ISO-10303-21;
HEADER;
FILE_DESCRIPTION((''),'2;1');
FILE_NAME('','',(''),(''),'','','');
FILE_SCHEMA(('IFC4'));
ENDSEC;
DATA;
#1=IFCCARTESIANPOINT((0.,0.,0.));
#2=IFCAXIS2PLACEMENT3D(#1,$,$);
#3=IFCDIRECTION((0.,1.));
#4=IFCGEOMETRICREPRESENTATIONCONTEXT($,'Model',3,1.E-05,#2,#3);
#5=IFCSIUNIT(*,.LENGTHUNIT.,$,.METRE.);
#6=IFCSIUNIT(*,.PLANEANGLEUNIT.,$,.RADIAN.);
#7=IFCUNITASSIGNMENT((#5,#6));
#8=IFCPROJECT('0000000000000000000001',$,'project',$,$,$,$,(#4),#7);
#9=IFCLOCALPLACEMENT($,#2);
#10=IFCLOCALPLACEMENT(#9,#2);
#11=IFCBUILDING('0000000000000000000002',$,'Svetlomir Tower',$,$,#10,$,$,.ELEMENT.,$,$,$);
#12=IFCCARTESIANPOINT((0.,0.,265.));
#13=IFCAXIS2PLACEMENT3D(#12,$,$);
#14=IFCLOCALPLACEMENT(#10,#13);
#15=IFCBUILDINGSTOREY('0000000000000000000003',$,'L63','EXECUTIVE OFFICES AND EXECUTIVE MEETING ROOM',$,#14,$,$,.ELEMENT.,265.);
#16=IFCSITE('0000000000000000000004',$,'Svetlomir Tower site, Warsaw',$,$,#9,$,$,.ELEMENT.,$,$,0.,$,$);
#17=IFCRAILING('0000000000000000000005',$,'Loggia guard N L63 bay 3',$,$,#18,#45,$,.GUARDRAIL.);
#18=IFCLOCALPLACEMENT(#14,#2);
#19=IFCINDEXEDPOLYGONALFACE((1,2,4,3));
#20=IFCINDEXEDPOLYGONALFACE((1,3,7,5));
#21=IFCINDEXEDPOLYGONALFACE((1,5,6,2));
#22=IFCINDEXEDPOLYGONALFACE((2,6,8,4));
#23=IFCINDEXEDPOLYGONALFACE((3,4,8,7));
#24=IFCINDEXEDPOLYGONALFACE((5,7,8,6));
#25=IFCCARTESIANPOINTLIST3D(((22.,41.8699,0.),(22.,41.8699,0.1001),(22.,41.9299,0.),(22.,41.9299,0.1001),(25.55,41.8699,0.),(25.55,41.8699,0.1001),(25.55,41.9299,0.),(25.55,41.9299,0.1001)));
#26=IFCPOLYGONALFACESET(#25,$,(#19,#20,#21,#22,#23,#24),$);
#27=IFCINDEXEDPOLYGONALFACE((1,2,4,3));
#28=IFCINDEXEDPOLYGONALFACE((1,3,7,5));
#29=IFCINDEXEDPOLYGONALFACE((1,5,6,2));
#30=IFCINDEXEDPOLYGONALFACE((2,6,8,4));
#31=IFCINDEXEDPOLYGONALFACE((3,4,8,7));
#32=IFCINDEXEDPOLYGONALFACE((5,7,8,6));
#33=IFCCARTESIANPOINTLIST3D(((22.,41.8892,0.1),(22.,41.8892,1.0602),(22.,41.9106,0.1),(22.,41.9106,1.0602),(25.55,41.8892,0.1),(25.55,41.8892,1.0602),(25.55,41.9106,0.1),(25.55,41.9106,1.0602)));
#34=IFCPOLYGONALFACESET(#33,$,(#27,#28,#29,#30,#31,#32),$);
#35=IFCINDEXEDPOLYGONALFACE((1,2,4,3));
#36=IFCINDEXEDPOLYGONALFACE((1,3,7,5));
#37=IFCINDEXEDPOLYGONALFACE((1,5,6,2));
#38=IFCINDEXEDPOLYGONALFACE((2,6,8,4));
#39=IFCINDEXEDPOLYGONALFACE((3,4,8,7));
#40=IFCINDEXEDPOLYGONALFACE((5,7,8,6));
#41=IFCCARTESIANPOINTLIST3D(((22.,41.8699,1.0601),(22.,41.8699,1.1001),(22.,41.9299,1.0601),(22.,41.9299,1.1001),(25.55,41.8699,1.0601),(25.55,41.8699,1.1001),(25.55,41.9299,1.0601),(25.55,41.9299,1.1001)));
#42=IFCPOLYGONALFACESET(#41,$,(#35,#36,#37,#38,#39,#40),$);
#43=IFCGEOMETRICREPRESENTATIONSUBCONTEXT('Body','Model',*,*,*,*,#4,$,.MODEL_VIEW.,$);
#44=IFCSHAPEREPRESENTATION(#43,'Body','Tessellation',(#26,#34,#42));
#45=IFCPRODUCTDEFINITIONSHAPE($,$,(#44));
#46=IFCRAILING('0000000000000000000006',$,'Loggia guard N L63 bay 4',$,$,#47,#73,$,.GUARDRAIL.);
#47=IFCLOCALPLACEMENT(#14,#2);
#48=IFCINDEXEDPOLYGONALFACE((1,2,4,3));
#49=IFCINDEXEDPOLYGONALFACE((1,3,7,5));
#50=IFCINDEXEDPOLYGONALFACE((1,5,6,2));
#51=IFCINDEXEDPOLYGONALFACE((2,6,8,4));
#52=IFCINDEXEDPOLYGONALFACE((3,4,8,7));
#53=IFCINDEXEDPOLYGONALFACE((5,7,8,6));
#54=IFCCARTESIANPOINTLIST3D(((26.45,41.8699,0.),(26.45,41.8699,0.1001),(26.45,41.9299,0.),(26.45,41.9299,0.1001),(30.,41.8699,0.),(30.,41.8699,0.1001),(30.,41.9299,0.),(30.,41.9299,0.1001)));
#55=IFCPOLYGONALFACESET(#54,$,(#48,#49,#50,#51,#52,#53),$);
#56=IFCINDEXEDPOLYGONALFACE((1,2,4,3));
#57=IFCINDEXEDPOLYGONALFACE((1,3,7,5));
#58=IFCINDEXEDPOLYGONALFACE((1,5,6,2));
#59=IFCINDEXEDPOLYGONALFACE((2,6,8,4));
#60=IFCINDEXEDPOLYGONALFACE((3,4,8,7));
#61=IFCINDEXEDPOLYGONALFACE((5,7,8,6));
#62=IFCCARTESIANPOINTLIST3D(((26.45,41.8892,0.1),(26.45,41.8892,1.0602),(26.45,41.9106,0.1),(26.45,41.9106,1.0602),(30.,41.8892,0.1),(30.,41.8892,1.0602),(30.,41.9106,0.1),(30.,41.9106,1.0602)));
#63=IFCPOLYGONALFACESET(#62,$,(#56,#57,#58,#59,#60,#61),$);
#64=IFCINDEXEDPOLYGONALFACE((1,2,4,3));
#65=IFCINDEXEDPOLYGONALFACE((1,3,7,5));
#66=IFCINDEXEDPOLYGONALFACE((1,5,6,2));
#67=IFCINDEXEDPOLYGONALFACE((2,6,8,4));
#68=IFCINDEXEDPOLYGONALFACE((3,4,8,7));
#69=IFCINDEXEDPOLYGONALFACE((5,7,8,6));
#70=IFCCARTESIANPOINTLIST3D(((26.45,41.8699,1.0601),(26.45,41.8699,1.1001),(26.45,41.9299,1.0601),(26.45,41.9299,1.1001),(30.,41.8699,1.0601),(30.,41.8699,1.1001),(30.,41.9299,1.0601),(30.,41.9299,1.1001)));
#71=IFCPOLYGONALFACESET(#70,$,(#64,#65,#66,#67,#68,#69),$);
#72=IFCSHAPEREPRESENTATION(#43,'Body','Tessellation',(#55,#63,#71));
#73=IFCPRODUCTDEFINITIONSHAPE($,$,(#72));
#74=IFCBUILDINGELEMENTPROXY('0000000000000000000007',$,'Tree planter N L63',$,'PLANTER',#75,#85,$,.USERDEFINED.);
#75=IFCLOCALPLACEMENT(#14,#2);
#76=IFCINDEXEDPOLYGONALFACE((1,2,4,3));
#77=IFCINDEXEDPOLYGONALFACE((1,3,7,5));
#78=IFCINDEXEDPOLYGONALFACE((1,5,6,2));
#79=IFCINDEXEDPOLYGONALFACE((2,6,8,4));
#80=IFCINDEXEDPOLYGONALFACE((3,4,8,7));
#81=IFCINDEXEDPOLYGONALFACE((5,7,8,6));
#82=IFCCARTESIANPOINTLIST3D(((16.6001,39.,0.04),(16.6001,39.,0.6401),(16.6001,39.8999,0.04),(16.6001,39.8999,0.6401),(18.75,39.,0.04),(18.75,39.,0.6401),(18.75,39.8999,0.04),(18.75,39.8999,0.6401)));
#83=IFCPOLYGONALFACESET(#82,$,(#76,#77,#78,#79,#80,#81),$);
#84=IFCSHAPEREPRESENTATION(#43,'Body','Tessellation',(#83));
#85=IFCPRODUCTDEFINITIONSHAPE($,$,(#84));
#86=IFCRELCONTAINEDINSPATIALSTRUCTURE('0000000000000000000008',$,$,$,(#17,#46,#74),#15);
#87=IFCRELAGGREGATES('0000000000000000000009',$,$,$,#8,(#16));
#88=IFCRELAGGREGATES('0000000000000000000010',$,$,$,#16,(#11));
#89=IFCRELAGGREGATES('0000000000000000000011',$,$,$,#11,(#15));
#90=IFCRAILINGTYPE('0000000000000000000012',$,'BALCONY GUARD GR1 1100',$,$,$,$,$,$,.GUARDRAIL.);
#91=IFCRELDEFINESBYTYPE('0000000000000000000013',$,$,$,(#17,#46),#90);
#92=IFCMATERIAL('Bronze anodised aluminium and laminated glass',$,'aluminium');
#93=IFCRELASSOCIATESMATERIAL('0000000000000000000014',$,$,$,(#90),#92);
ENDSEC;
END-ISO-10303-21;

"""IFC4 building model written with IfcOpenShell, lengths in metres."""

from ifc_helpers import new_model, si_unit, direction, frame, origin, origin_2d, place, context, subcontext, project, spatial, rectangle, extrude, material, type_object, element, save


model = new_model("IFC4")

# Units and contexts
model_context = context("Model", 3, precision=1e-05, world=origin(), true_north=direction((0.0, 1.0)))
body_context = subcontext(model_context, "Body", "Model", "MODEL_VIEW")
ifc_project = project(units=[si_unit("LENGTHUNIT", "METRE"), si_unit("PLANEANGLEUNIT", "RADIAN")], contexts=[model_context])

# Site, building, storey
site_placement = place(None, origin())
site = spatial("IfcSite", under=ifc_project, at=site_placement, Name="Svetlomir Tower site, Warsaw", CompositionType="ELEMENT", RefElevation=0.0)
building_placement = place(site_placement, origin())
building = spatial("IfcBuilding", under=site, at=building_placement, Name="Svetlomir Tower", CompositionType="ELEMENT")
storey_placement = place(building_placement, frame((0.0, 0.0, 265.0)))
storey = spatial("IfcBuildingStorey", under=building, at=storey_placement, Name="L63", Description="EXECUTIVE OFFICES AND EXECUTIVE MEETING ROOM", CompositionType="ELEMENT", Elevation=265.0)

# Railings
ifc_material_1 = material(Name="Bronze anodised aluminium and laminated glass", Category="aluminium")
railing_type = type_object("IfcRailingType", Name="BALCONY GUARD GR1 1100", PredefinedType="GUARDRAIL", material=ifc_material_1)
for number, where, name in (
    (1, (22.0, 41.8999, 0.0), "Loggia guard N L63 bay 3"),
    (2, (26.45, 41.8999, 0.0), "Loggia guard N L63 bay 4"),
):
    element("IfcRailing", number, at=place(storey_placement, frame(where)), inside=storey, type_object=railing_type, Name=name, PredefinedType="GUARDRAIL", context=body_context, shape_type="SweptSolid", body=[
        extrude(rectangle(XDim=0.0601, YDim=0.1001, at=origin_2d()), frame((0.0, 0.0, 0.05), z_axis=(1.0, 0.0, 0.0), x_axis=(0.0, 1.0, 0.0)), (0.0, 0.0, 1.0), 3.55),
        extrude(rectangle(XDim=0.0215, YDim=0.9602, at=origin_2d()), frame((0.0, 0.0, 0.5801), z_axis=(1.0, 0.0, 0.0), x_axis=(0.0, 1.0, 0.0)), (0.0, 0.0, 1.0), 3.55),
        extrude(rectangle(XDim=0.0601, YDim=0.04, at=origin_2d()), frame((0.0, 0.0, 1.0801), z_axis=(1.0, 0.0, 0.0), x_axis=(0.0, 1.0, 0.0)), (0.0, 0.0, 1.0), 3.55),
    ])

# Building element proxy
proxy_placement = place(storey_placement, frame((17.675, 39.45, 0.04), z_axis=(0.0, 0.0, 1.0), x_axis=(1.0, 0.0, 0.0)))
element("IfcBuildingElementProxy", 3, at=proxy_placement, inside=storey, Name="Tree planter N L63", ObjectType="PLANTER", PredefinedType="USERDEFINED", context=body_context, shape_type="SweptSolid", body=[
    extrude(rectangle(XDim=2.1499, YDim=0.8999, at=origin_2d()), origin(), (0.0, 0.0, 1.0), 0.6001),
])

save(model, "model.ifc")
